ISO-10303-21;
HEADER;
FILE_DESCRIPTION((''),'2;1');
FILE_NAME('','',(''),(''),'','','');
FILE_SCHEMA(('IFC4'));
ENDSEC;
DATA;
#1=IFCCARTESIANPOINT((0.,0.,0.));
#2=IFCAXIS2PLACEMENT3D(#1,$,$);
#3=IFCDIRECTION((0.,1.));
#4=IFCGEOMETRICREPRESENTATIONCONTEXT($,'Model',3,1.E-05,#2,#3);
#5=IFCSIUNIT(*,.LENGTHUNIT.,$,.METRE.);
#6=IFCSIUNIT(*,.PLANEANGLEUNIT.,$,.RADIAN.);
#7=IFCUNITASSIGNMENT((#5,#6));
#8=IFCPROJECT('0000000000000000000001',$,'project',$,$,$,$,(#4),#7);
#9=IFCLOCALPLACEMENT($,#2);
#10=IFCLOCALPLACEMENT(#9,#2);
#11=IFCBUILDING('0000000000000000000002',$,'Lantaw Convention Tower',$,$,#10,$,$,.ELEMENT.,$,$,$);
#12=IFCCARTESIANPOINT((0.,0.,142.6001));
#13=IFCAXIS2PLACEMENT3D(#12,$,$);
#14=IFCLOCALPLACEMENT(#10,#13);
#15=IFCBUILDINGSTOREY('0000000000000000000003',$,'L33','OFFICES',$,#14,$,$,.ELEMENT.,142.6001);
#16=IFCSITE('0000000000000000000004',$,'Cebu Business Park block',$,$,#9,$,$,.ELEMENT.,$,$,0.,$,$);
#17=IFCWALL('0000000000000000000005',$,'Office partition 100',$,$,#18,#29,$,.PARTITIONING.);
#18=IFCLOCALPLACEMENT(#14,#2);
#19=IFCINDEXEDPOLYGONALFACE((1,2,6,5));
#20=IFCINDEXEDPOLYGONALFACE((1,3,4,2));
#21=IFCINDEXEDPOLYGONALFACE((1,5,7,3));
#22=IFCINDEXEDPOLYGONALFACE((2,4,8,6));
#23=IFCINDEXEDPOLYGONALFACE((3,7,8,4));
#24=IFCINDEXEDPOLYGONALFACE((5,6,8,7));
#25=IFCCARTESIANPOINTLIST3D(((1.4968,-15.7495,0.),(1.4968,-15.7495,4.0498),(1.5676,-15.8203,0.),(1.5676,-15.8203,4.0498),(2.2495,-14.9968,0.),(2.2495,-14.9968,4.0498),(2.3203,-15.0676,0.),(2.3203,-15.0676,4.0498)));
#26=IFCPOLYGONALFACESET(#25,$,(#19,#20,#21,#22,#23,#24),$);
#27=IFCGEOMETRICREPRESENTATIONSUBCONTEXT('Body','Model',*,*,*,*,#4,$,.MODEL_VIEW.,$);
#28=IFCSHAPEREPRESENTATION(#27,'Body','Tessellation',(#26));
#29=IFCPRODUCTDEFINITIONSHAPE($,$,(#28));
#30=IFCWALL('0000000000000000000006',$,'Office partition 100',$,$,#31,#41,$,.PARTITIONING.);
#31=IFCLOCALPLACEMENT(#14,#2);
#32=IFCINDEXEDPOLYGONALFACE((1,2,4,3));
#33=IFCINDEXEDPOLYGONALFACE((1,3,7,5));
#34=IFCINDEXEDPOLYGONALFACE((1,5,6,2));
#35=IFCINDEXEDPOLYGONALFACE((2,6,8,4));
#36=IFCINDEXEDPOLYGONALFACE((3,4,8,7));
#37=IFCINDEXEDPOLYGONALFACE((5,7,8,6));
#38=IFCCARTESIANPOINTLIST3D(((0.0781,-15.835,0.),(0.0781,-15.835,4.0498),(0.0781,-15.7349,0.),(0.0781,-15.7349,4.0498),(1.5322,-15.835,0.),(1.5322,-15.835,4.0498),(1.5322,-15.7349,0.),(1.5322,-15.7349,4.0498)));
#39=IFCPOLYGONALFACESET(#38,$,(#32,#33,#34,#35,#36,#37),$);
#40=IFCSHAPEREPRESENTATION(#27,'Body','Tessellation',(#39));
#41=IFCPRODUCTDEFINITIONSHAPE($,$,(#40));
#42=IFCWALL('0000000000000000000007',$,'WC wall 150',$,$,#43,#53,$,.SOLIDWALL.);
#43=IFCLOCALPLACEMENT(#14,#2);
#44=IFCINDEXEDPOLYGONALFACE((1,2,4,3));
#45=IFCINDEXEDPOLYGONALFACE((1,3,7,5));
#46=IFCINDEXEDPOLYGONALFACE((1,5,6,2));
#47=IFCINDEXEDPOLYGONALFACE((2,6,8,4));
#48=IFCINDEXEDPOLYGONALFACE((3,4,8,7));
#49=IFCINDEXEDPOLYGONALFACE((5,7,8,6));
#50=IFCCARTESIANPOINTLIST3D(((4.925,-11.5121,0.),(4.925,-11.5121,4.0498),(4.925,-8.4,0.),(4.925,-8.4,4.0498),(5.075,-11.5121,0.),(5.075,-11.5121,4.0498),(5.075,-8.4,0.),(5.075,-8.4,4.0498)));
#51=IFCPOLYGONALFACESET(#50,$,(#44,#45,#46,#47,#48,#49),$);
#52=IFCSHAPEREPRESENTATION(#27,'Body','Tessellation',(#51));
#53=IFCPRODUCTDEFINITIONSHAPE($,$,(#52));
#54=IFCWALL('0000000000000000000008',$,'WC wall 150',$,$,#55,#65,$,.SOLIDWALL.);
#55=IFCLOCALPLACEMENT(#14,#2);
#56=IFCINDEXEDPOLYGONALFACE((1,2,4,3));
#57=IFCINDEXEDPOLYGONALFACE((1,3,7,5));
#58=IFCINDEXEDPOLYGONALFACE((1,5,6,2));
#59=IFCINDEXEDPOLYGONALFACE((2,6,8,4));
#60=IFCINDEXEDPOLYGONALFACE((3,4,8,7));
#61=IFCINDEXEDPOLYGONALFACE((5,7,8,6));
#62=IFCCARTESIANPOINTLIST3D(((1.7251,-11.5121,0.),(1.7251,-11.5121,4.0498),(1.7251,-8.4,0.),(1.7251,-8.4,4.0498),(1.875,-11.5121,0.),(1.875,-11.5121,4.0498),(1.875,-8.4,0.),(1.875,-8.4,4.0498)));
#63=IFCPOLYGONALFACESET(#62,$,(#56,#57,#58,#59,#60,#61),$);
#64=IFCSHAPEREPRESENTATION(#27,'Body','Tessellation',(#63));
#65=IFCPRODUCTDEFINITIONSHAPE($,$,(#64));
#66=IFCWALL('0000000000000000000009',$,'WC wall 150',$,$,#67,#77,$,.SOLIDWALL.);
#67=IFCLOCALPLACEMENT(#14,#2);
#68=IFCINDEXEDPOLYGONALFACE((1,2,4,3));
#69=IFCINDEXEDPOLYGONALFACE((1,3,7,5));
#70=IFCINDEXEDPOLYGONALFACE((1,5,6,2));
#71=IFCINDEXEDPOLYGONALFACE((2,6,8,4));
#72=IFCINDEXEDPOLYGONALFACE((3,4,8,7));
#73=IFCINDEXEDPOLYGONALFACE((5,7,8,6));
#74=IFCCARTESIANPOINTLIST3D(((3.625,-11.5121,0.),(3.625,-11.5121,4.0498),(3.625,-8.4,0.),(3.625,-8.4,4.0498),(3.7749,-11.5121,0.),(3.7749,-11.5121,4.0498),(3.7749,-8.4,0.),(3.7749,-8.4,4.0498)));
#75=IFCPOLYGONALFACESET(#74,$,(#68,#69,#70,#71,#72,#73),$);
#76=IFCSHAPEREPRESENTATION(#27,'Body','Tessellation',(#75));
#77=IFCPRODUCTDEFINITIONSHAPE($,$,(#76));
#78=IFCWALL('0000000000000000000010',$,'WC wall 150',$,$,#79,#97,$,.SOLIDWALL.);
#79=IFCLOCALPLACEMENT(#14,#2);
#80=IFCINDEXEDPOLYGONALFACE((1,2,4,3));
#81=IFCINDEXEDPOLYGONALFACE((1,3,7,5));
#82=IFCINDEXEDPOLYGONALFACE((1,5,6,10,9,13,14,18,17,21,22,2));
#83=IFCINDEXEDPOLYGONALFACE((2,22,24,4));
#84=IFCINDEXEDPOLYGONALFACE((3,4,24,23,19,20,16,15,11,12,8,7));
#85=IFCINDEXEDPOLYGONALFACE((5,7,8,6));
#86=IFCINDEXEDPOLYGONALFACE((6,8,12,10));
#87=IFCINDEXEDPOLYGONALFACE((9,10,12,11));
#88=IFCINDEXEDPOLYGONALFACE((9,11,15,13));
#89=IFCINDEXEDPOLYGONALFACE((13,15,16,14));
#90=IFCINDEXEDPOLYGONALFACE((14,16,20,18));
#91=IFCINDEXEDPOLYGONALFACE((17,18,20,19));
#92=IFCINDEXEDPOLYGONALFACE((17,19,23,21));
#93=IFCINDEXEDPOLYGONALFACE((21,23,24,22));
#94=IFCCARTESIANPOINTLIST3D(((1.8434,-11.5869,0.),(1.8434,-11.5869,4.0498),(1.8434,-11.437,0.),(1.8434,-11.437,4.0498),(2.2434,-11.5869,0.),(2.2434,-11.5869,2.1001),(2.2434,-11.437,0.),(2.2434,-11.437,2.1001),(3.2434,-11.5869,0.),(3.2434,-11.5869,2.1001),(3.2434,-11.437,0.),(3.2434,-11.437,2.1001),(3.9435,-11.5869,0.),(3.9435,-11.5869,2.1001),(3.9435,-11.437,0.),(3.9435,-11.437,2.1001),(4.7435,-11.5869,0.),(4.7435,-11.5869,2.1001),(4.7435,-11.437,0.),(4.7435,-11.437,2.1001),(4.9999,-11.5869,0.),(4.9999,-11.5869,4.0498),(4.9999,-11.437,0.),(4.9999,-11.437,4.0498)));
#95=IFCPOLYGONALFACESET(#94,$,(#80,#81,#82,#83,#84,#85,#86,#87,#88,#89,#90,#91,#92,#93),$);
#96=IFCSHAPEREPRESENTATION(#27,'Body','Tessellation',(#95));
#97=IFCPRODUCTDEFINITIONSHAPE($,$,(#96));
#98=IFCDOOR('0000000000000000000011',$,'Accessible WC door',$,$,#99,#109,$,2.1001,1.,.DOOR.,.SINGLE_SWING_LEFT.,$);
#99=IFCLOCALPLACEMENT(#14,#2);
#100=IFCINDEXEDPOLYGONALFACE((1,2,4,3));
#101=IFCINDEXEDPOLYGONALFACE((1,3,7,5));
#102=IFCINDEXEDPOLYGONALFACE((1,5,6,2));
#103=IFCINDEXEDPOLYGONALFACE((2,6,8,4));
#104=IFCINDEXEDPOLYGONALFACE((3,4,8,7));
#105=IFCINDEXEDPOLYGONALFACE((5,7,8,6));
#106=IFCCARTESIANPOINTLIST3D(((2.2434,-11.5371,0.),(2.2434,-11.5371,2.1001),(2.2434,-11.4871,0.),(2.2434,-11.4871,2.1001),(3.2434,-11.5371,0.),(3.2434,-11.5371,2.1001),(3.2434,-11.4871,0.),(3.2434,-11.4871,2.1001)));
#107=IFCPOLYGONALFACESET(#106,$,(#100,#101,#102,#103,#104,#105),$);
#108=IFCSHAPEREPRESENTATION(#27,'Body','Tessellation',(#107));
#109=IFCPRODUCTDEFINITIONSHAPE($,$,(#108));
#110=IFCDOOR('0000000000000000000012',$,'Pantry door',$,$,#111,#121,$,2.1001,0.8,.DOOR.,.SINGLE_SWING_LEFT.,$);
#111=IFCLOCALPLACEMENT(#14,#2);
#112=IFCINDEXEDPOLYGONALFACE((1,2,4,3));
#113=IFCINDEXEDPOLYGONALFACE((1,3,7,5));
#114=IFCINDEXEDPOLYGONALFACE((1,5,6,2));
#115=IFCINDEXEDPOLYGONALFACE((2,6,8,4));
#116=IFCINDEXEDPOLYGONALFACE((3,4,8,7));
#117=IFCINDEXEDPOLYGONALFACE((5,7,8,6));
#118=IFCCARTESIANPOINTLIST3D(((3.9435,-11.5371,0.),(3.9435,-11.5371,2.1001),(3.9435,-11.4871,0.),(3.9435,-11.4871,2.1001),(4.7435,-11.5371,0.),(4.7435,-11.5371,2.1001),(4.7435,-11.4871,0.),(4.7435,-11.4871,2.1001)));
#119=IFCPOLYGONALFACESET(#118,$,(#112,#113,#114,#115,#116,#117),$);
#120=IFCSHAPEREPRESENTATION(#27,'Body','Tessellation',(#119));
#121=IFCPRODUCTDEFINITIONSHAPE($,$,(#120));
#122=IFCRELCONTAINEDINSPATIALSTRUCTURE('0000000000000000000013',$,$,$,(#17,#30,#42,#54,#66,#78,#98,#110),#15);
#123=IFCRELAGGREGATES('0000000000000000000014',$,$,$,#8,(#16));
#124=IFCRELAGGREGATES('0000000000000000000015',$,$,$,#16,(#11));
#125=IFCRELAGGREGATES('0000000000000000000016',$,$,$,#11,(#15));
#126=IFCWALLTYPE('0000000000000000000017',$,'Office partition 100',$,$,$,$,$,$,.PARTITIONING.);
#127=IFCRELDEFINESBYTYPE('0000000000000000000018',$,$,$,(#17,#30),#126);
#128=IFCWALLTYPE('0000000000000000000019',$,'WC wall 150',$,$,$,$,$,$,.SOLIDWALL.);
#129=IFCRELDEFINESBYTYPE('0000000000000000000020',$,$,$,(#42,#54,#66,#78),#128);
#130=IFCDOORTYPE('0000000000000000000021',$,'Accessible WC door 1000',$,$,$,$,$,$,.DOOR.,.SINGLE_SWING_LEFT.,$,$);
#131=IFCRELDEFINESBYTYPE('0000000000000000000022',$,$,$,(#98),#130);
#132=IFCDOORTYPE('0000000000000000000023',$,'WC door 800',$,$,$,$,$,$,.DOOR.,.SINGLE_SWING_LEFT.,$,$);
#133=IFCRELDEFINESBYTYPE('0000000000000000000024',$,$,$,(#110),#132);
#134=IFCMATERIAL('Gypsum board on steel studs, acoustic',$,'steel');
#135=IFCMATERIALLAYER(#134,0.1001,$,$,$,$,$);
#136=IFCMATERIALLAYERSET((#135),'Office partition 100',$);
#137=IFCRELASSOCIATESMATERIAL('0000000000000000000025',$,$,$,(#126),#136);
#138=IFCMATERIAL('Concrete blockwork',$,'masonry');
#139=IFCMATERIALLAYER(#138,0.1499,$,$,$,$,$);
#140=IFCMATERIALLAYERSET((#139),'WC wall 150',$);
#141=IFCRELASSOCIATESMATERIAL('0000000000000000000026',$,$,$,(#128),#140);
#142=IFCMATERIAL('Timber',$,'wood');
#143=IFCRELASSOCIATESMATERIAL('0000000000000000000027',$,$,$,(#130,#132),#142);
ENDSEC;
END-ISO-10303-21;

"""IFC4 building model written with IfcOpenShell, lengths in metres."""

from ifc_helpers import new_model, si_unit, direction, frame, frame_2d, origin, place, context, subcontext, project, spatial, rectangle, extrude, material, layer, layer_set, type_object, element, fill, save


model = new_model("IFC4")

# Units and contexts
model_context = context("Model", 3, precision=1e-05, world=origin(), true_north=direction((0.0, 1.0)))
body_context = subcontext(model_context, "Body", "Model", "MODEL_VIEW")
ifc_project = project(units=[si_unit("LENGTHUNIT", "METRE"), si_unit("PLANEANGLEUNIT", "RADIAN")], contexts=[model_context])

# Site, building, storey
site_placement = place(None, origin())
site = spatial("IfcSite", under=ifc_project, at=site_placement, Name="Cebu Business Park block", CompositionType="ELEMENT", RefElevation=0.0)
building_placement = place(site_placement, origin())
building = spatial("IfcBuilding", under=site, at=building_placement, Name="Lantaw Convention Tower", CompositionType="ELEMENT")
storey_placement = place(building_placement, frame((0.0, 0.0, 142.6001)))
storey = spatial("IfcBuildingStorey", under=building, at=storey_placement, Name="L33", Description="OFFICES", CompositionType="ELEMENT", Elevation=142.6001)

# Walls
ifc_material_1 = material(Name="Gypsum board on steel studs, acoustic", Category="steel")
ifc_layer_1 = layer(ifc_material_1, 0.1001)
ifc_layer_set_1 = layer_set([ifc_layer_1], Name="Office partition 100")
wall_type_1 = type_object("IfcWallType", Name="Office partition 100", PredefinedType="PARTITIONING", material=ifc_layer_set_1)
wall_1_placement = place(storey_placement, frame((2.2849, -15.0322, 0.0), z_axis=(0.0, 0.0, 1.0), x_axis=(-0.707107, -0.707107, 0.0)))
element("IfcWall", 1, at=wall_1_placement, inside=storey, type_object=wall_type_1, Name="Office partition 100", PredefinedType="PARTITIONING", context=body_context, shape_type="SweptSolid", body=[
    extrude(rectangle(XDim=1.0645, YDim=0.1001, at=frame_2d((0.5322, 0.0))), origin(), (0.0, 0.0, 1.0), 4.0498),
])
wall_2_placement = place(storey_placement, frame((1.5322, -15.7849, 0.0), z_axis=(0.0, 0.0, 1.0), x_axis=(-1.0, 0.0, 0.0)))
element("IfcWall", 2, at=wall_2_placement, inside=storey, type_object=wall_type_1, Name="Office partition 100", PredefinedType="PARTITIONING", context=body_context, shape_type="SweptSolid", body=[
    extrude(rectangle(XDim=1.4541, YDim=0.1001, at=frame_2d((0.7271, 0.0))), origin(), (0.0, 0.0, 1.0), 4.0498),
])
ifc_material_2 = material(Name="Concrete blockwork", Category="masonry")
ifc_layer_2 = layer(ifc_material_2, 0.1499)
ifc_layer_set_2 = layer_set([ifc_layer_2], Name="WC wall 150")
wall_type_2 = type_object("IfcWallType", Name="WC wall 150", PredefinedType="SOLIDWALL", material=ifc_layer_set_2)
for number, where, z_axis, x_axis, name in (
    (3, (5.0, -8.3999, 0.0), (0.0, 0.0, 1.0), (0.0, -1.0, 0.0), "WC wall 150"),
    (4, (1.8, -8.3999, 0.0), (0.0, 0.0, 1.0), (0.0, -1.0, 0.0), "WC wall 150"),
    (5, (3.7, -8.3999, 0.0), (0.0, 0.0, 1.0), (0.0, -1.0, 0.0), "WC wall 150"),
):
    element("IfcWall", number, at=place(storey_placement, frame(where, z_axis=z_axis, x_axis=x_axis)), inside=storey, type_object=wall_type_2, Name=name, PredefinedType="SOLIDWALL", context=body_context, shape_type="SweptSolid", body=[
        extrude(rectangle(XDim=3.1121, YDim=0.1499, at=frame_2d((1.5562, 0.0))), origin(), (0.0, 0.0, 1.0), 4.0498),
    ])

# Wall, openings, doors
wall_3_placement = place(storey_placement, frame((1.8435, -11.512, 0.0), z_axis=(0.0, 0.0, 1.0), x_axis=(1.0, 0.0, 0.0)))
wall_3 = element("IfcWall", 6, at=wall_3_placement, inside=storey, type_object=wall_type_2, Name="WC wall 150", PredefinedType="SOLIDWALL", context=body_context, shape_type="SweptSolid", body=[
    extrude(rectangle(XDim=3.1565, YDim=0.1499, at=frame_2d((1.5781, 0.0))), origin(), (0.0, 0.0, 1.0), 4.0498),
])
opening_1_placement = place(wall_3_placement, frame((0.3999, 0.0, 0.0)))
opening_1 = element("IfcOpeningElement", 7, at=opening_1_placement, cuts=wall_3, PredefinedType="OPENING", context=body_context, shape_type="SweptSolid", body=[
    extrude(rectangle(XDim=1.0, YDim=2.1001, at=frame_2d((0.5, 1.05))), frame((0.0, 0.085, 0.0), z_axis=(0.0, -1.0, 0.0), x_axis=(1.0, 0.0, 0.0)), (0.0, 0.0, 1.0), 0.1699),
])
opening_2_placement = place(wall_3_placement, frame((2.1001, 0.0, 0.0)))
opening_2 = element("IfcOpeningElement", 8, at=opening_2_placement, cuts=wall_3, PredefinedType="OPENING", context=body_context, shape_type="SweptSolid", body=[
    extrude(rectangle(XDim=0.8, YDim=2.1001, at=frame_2d((0.3999, 1.05))), frame((0.0, 0.085, 0.0), z_axis=(0.0, -1.0, 0.0), x_axis=(1.0, 0.0, 0.0)), (0.0, 0.0, 1.0), 0.1699),
])
ifc_material_3 = material(Name="Timber", Category="wood")
door_type_1 = type_object("IfcDoorType", Name="Accessible WC door 1000", OperationType="SINGLE_SWING_LEFT", PredefinedType="DOOR", material=ifc_material_3)
door_1_placement = place(opening_1_placement, origin())
door_1 = element("IfcDoor", 9, at=door_1_placement, inside=storey, type_object=door_type_1, Name="Accessible WC door", OperationType="SINGLE_SWING_LEFT", OverallHeight=2.1001, OverallWidth=1.0, PredefinedType="DOOR", context=body_context, shape_type="SweptSolid", body=[
    extrude(rectangle(XDim=1.0, YDim=2.1001, at=frame_2d((0.5, 1.05))), frame((0.0, 0.0249, 0.0), z_axis=(0.0, -1.0, 0.0), x_axis=(1.0, 0.0, 0.0)), (0.0, 0.0, 1.0), 0.05),
])
fill(opening_1, door_1)
door_type_2 = type_object("IfcDoorType", Name="WC door 800", OperationType="SINGLE_SWING_LEFT", PredefinedType="DOOR", material=ifc_material_3)
door_2_placement = place(opening_2_placement, origin())
door_2 = element("IfcDoor", 10, at=door_2_placement, inside=storey, type_object=door_type_2, Name="Pantry door", OperationType="SINGLE_SWING_LEFT", OverallHeight=2.1001, OverallWidth=0.8, PredefinedType="DOOR", context=body_context, shape_type="SweptSolid", body=[
    extrude(rectangle(XDim=0.8, YDim=2.1001, at=frame_2d((0.3999, 1.05))), frame((0.0, 0.0249, 0.0), z_axis=(0.0, -1.0, 0.0), x_axis=(1.0, 0.0, 0.0)), (0.0, 0.0, 1.0), 0.05),
])
fill(opening_2, door_2)

save(model, "model.ifc")
